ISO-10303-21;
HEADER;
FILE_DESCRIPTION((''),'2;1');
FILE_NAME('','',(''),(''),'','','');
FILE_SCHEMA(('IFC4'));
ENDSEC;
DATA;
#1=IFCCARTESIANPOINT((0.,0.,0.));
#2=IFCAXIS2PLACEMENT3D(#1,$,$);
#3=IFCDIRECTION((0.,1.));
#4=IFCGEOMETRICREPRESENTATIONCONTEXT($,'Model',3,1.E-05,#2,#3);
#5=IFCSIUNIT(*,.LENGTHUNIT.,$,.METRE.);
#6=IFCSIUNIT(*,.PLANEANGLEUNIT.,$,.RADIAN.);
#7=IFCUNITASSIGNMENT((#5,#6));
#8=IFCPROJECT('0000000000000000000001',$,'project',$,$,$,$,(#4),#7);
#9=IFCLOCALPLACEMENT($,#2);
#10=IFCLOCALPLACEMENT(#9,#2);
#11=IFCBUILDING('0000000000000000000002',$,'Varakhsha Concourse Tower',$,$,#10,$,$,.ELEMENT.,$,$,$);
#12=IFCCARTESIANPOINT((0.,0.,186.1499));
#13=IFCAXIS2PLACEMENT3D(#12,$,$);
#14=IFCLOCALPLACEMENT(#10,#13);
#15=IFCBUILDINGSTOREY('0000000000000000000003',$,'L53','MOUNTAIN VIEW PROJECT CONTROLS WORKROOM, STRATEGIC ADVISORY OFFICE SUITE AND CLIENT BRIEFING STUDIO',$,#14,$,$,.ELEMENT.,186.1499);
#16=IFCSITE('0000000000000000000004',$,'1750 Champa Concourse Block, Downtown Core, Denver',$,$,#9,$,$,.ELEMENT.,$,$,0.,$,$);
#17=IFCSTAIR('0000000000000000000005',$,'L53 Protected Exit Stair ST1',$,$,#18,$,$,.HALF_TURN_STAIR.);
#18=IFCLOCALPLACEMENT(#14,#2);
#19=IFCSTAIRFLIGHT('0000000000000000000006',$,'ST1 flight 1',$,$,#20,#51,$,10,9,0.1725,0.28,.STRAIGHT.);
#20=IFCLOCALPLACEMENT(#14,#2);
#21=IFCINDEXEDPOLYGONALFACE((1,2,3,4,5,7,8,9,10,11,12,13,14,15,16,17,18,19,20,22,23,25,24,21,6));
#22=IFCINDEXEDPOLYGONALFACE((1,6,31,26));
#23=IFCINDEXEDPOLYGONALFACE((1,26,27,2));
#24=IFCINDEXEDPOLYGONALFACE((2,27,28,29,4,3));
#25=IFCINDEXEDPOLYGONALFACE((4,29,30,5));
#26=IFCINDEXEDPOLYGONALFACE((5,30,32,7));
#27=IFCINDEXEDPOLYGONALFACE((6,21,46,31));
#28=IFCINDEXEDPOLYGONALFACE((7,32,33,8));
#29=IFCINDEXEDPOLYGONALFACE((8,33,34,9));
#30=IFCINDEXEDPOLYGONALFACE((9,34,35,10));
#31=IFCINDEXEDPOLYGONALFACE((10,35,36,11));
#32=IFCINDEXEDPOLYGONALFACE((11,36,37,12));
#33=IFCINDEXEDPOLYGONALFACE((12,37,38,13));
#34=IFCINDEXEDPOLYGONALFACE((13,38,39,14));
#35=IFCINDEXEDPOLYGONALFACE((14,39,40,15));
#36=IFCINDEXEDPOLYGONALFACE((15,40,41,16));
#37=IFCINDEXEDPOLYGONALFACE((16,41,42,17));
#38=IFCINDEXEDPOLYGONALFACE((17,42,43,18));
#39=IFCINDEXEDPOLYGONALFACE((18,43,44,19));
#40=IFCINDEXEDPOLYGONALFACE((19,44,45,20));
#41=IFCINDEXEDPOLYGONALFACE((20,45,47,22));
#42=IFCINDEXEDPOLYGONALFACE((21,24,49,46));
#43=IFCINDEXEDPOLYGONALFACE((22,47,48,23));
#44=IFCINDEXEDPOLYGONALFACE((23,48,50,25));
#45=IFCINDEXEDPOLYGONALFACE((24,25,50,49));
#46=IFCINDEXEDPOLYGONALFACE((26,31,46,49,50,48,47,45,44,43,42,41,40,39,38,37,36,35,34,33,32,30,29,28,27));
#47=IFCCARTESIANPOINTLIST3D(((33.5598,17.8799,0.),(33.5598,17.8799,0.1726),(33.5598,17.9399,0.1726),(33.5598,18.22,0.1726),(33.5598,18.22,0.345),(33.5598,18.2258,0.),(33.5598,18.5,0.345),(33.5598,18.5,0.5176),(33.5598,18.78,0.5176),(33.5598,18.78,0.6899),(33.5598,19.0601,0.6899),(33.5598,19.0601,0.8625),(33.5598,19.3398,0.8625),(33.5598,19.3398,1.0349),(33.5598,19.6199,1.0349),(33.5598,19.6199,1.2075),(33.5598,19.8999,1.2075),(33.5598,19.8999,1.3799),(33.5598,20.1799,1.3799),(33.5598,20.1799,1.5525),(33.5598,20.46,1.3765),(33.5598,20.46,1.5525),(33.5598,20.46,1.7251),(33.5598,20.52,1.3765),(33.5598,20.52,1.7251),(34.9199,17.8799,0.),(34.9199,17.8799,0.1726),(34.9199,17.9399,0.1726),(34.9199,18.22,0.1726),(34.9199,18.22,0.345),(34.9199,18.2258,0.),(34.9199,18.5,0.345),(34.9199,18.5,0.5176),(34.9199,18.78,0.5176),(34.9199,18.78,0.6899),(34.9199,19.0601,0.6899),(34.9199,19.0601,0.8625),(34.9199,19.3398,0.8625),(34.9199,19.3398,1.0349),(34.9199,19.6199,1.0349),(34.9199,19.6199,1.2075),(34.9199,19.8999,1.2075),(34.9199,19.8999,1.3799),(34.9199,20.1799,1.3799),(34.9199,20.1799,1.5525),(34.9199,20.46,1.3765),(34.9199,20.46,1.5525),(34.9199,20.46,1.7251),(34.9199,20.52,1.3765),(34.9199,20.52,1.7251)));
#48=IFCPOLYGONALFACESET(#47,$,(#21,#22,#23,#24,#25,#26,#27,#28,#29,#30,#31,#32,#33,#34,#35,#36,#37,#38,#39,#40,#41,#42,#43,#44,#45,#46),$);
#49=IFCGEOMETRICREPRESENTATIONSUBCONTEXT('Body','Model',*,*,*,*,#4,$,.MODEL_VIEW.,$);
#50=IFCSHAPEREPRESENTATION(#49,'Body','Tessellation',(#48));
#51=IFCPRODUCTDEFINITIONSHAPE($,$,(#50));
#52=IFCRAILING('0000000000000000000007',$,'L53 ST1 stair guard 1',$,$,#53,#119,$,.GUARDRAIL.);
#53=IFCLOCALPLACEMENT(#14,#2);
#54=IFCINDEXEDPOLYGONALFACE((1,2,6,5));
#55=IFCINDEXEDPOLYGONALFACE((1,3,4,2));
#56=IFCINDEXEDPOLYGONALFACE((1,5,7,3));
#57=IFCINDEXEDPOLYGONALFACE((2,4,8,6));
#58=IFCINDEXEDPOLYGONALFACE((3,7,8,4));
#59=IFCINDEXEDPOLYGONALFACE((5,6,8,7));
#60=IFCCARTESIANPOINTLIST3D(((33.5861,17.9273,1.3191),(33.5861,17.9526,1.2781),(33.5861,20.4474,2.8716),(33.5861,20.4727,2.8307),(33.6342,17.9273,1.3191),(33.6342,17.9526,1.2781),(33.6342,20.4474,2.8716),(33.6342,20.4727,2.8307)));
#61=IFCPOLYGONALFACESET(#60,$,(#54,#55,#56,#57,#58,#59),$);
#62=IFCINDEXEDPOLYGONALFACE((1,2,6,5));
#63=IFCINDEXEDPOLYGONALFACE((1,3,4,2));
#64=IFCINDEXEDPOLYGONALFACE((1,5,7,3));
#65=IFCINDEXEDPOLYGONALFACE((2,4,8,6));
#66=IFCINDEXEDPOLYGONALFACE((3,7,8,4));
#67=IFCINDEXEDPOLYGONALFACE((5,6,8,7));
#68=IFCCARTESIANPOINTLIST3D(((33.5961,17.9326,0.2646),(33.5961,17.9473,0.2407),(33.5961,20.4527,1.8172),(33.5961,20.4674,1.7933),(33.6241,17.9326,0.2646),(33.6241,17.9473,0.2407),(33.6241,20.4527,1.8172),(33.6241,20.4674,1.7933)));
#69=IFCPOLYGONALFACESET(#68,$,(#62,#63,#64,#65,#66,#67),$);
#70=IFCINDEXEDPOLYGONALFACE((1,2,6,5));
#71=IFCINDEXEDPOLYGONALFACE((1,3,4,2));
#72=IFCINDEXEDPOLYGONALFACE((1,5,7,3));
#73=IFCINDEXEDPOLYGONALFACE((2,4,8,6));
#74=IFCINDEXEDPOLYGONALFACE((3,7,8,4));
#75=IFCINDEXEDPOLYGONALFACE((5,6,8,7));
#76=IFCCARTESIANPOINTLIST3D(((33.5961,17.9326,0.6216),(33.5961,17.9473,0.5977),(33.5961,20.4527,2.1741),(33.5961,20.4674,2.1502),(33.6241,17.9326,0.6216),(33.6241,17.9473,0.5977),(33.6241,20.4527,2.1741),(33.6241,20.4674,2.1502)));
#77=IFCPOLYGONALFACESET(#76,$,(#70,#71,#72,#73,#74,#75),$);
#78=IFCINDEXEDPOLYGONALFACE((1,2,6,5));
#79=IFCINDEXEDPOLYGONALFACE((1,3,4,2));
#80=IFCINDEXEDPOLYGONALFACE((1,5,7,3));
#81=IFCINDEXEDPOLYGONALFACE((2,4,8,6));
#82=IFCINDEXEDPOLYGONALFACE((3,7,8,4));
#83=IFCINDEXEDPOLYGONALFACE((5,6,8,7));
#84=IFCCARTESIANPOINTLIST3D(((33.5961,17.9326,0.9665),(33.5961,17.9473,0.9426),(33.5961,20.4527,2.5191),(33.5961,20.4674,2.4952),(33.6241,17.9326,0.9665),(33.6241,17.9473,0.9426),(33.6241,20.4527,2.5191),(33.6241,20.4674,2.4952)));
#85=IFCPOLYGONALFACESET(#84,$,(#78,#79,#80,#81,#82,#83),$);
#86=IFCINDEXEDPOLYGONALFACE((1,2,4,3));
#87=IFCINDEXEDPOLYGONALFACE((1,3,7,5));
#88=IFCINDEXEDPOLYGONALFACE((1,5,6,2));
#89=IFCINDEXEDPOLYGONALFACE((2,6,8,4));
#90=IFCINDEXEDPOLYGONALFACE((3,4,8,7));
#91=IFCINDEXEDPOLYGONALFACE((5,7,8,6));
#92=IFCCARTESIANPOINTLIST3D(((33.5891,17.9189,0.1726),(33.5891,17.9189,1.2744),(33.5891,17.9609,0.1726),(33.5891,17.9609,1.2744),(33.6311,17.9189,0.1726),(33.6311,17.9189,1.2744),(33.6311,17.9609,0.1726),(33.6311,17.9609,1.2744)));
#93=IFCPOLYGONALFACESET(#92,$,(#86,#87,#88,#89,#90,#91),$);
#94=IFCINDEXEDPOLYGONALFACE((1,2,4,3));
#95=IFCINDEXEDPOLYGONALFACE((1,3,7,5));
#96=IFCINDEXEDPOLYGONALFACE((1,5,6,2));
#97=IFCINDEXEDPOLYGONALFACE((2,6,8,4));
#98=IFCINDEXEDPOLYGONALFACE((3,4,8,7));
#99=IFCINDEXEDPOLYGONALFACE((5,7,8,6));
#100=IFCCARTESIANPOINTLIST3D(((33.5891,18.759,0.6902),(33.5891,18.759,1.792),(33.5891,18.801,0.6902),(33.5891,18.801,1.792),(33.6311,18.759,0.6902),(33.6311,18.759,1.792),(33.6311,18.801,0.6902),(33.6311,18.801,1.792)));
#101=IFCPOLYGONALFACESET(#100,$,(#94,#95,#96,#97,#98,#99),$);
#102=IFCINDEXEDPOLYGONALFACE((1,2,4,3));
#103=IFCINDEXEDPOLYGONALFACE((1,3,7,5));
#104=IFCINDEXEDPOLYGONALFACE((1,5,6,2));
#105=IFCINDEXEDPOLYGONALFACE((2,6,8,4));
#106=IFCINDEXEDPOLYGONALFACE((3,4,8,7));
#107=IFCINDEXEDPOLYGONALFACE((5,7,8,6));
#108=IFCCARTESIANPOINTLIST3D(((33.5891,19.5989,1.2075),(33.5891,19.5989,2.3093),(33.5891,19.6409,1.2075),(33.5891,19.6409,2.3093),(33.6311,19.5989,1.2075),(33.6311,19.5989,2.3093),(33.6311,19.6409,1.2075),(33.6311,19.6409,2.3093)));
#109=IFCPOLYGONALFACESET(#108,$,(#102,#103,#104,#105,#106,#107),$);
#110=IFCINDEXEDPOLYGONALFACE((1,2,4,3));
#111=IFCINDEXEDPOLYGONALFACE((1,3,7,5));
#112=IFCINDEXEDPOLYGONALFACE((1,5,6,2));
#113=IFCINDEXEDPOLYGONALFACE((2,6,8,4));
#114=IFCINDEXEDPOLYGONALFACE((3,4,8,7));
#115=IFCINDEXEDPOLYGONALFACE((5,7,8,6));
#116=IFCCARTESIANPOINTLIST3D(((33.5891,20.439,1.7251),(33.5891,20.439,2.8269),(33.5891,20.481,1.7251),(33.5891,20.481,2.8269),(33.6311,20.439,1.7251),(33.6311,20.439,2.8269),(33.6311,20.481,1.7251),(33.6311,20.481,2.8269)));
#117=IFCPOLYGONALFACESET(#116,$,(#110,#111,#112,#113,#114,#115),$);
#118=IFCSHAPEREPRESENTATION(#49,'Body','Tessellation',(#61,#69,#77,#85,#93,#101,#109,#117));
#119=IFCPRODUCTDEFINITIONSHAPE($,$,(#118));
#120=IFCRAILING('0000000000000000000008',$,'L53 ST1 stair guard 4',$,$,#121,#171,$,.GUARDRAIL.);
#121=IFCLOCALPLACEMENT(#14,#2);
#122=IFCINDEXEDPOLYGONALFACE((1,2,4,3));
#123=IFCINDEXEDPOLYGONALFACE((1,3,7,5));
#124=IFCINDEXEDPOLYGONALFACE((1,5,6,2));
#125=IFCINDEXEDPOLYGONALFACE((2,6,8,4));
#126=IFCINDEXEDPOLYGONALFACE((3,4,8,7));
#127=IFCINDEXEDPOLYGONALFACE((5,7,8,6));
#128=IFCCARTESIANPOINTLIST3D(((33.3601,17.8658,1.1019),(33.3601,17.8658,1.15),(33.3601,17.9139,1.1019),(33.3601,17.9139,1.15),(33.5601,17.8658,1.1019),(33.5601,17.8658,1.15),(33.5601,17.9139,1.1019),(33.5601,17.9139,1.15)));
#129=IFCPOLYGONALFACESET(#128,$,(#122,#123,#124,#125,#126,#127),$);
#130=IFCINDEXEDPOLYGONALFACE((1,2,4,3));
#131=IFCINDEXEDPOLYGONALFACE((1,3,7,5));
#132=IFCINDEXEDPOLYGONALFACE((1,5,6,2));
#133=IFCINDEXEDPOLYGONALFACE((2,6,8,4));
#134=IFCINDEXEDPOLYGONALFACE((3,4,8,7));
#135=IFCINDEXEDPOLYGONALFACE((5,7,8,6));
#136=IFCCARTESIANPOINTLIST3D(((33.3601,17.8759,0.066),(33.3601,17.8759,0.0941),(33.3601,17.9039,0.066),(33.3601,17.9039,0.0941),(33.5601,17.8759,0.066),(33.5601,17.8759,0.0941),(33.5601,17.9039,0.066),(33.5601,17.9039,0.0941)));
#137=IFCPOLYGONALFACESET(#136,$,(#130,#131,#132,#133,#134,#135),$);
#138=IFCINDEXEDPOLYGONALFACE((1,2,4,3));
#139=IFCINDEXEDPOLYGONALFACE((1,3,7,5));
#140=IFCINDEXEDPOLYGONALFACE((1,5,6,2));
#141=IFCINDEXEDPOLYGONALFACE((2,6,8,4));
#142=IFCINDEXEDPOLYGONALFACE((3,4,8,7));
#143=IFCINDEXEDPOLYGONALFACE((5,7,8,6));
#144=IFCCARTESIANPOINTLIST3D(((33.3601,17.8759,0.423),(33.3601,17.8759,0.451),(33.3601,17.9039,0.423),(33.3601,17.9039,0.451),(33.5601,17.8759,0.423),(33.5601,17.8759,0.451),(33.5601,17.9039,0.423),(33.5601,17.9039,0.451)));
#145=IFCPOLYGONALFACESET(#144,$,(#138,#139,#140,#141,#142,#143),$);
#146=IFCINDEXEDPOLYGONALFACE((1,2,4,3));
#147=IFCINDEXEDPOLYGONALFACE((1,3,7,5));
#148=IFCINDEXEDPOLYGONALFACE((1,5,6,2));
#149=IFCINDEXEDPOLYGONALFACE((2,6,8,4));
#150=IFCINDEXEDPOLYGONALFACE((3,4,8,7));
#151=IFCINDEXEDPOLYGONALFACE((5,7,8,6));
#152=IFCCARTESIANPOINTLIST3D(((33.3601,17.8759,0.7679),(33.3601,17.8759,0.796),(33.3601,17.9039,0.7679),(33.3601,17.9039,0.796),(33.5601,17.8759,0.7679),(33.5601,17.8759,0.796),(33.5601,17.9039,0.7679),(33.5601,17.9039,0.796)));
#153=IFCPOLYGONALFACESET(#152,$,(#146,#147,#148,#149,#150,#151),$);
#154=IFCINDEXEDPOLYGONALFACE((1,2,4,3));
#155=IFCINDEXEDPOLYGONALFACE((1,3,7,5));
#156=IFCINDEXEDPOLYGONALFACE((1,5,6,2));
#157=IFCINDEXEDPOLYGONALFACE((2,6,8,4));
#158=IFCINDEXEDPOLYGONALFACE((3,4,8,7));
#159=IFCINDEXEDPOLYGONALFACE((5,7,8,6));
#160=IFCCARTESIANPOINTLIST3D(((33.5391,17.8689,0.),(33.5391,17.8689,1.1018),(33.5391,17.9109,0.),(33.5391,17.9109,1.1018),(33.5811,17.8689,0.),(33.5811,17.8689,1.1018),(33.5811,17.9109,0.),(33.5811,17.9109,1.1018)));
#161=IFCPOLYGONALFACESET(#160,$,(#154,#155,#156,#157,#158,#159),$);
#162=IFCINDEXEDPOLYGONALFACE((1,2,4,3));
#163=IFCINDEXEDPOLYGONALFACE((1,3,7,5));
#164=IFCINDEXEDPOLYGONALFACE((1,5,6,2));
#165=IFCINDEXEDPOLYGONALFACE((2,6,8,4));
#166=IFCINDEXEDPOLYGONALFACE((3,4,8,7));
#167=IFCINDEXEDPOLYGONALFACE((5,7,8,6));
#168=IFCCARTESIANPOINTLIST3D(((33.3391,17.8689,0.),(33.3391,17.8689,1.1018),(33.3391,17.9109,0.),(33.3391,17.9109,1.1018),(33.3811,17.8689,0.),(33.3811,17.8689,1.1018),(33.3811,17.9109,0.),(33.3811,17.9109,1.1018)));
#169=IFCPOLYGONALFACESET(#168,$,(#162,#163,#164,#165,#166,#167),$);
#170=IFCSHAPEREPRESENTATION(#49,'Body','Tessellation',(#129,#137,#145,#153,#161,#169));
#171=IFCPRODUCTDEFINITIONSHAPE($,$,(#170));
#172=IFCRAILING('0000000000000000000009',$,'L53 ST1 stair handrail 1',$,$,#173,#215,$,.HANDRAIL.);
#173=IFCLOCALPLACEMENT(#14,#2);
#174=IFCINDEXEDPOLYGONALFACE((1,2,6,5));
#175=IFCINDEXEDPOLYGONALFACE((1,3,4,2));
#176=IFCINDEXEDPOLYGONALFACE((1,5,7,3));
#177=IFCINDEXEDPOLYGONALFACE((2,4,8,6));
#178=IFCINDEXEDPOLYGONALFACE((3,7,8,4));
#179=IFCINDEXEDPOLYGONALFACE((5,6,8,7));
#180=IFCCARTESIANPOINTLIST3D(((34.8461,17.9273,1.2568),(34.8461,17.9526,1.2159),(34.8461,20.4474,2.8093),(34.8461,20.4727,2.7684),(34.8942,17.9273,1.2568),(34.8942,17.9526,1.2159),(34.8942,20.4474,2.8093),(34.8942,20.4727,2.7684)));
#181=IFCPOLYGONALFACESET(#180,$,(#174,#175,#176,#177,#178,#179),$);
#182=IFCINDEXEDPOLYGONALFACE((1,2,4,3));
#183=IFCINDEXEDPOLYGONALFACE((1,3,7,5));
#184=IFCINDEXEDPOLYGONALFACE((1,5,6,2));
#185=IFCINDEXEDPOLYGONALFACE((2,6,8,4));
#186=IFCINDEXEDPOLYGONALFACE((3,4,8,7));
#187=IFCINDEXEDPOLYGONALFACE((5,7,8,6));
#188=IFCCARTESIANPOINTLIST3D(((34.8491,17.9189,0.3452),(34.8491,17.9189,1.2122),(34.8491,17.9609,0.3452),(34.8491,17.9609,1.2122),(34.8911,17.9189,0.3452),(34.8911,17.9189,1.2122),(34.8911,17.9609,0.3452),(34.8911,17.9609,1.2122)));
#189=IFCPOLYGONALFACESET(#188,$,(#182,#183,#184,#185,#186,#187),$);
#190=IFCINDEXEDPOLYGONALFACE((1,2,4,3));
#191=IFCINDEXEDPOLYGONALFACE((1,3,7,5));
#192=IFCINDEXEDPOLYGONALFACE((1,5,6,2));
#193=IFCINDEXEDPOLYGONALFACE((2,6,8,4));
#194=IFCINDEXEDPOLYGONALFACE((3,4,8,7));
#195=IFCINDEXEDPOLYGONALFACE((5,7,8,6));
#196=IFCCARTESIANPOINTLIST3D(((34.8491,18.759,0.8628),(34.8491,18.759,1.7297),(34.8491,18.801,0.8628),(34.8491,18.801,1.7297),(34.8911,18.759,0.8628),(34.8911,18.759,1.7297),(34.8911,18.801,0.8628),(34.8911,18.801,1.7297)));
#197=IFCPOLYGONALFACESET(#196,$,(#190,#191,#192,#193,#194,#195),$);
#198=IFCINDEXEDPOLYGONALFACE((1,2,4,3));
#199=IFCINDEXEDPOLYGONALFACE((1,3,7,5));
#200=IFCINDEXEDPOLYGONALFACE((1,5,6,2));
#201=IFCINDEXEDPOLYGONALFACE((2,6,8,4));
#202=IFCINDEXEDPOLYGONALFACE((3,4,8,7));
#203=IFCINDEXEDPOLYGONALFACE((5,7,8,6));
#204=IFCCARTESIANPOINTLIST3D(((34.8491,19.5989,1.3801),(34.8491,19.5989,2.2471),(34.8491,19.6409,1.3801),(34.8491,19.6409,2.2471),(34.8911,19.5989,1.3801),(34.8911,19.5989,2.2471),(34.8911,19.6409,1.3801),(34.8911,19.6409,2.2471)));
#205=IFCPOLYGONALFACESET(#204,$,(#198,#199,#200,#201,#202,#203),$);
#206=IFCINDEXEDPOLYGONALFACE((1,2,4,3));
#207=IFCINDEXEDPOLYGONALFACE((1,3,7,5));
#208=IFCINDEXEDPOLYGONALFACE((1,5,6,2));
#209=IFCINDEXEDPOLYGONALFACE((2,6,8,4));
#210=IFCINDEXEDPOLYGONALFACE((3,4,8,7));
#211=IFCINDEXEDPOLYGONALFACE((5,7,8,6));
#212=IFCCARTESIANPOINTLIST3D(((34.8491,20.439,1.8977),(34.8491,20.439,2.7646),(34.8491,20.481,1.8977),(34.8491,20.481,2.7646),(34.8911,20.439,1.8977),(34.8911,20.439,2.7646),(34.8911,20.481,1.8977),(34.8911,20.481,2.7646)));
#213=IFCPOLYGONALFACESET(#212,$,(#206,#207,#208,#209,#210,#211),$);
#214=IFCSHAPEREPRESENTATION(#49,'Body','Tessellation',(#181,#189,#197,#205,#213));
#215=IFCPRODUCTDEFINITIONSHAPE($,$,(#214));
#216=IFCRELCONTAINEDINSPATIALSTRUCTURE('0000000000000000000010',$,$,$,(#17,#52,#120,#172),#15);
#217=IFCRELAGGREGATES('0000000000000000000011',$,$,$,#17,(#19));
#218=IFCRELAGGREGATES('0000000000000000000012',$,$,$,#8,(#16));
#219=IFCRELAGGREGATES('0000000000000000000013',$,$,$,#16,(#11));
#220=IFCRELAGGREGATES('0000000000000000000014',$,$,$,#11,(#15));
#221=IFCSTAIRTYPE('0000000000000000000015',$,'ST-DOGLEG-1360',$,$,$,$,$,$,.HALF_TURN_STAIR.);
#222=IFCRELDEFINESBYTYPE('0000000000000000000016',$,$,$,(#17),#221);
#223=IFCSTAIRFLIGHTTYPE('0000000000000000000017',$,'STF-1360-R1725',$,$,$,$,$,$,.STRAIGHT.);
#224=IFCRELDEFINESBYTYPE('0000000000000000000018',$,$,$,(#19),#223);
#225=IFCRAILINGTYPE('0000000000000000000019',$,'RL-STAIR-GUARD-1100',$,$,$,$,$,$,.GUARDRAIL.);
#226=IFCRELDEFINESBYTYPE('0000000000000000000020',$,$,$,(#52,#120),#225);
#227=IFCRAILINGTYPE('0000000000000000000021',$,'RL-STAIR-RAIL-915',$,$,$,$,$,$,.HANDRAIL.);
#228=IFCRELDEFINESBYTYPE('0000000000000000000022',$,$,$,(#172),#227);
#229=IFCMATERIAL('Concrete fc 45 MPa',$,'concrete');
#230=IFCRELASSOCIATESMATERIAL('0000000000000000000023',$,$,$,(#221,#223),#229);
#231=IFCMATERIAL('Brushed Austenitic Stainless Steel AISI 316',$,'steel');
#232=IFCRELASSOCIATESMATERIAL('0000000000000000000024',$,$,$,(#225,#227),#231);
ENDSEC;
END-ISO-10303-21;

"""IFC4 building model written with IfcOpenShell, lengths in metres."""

from ifc_helpers import new_model, si_unit, direction, frame, origin, origin_2d, place, context, subcontext, project, spatial, polyline, rectangle, outline, extrude, material, type_object, element, aggregate, save


model = new_model("IFC4")

# Units and contexts
model_context = context("Model", 3, precision=1e-05, world=origin(), true_north=direction((0.0, 1.0)))
body_context = subcontext(model_context, "Body", "Model", "MODEL_VIEW")
ifc_project = project(units=[si_unit("LENGTHUNIT", "METRE"), si_unit("PLANEANGLEUNIT", "RADIAN")], contexts=[model_context])

# Site, building, storey
site_placement = place(None, origin())
site = spatial("IfcSite", under=ifc_project, at=site_placement, Name="1750 Champa Concourse Block, Downtown Core, Denver", CompositionType="ELEMENT", RefElevation=0.0)
building_placement = place(site_placement, origin())
building = spatial("IfcBuilding", under=site, at=building_placement, Name="Varakhsha Concourse Tower", CompositionType="ELEMENT")
storey_placement = place(building_placement, frame((0.0, 0.0, 186.1499)))
storey = spatial("IfcBuildingStorey", under=building, at=storey_placement, Name="L53", Description="MOUNTAIN VIEW PROJECT CONTROLS WORKROOM, STRATEGIC ADVISORY OFFICE SUITE AND CLIENT BRIEFING STUDIO", CompositionType="ELEMENT", Elevation=186.1499)

# Shared definitions
ifc_material_1 = material(Name="Concrete fc 45 MPa", Category="concrete")

# Stair, stair flight
stair_type = type_object("IfcStairType", Name="ST-DOGLEG-1360", PredefinedType="HALF_TURN_STAIR", material=ifc_material_1)
stair_placement = place(storey_placement, origin())
stair = element("IfcStair", 1, at=stair_placement, inside=storey, type_object=stair_type, Name="L53 Protected Exit Stair ST1", PredefinedType="HALF_TURN_STAIR")
stair_flight_type = type_object("IfcStairFlightType", Name="STF-1360-R1725", PredefinedType="STRAIGHT", material=ifc_material_1)
stair_flight_placement = place(storey_placement, frame((34.24, 17.9399, 0.0), z_axis=(0.0, 0.0, 1.0), x_axis=(0.0, 1.0, 0.0)))
stair_flight = element("IfcStairFlight", 2, at=stair_flight_placement, type_object=stair_flight_type, Name="ST1 flight 1", NumberOfRisers=10, NumberOfTreads=9, PredefinedType="STRAIGHT", RiserHeight=0.1725, TreadLength=0.28, context=body_context, shape_type="SweptSolid", body=[
    extrude(outline(polyline([(-0.0601, 0.0), (-0.0601, 0.1726), (0.0, 0.1726), (0.28, 0.1726), (0.28, 0.345), (0.5601, 0.345), (0.5601, 0.5176), (0.8401, 0.5176), (0.8401, 0.6899), (1.1201, 0.6899), (1.1201, 0.8625), (1.3999, 0.8625), (1.3999, 1.0349), (1.6799, 1.0349), (1.6799, 1.2075), (1.96, 1.2075), (1.96, 1.3799), (2.24, 1.3799), (2.24, 1.5525), (2.52, 1.5525), (2.52, 1.7251), (2.5801, 1.7251), (2.5801, 1.3765), (2.52, 1.3765), (0.2859, 0.0), (-0.0601, 0.0)])), frame((0.0, 0.6802, 0.0), z_axis=(0.0, -1.0, 0.0), x_axis=(1.0, 0.0, 0.0)), (0.0, 0.0, 1.0), 1.3601),
])
aggregate(stair, [stair_flight])

# Railings
ifc_material_2 = material(Name="Brushed Austenitic Stainless Steel AISI 316", Category="steel")
railing_type_1 = type_object("IfcRailingType", Name="RL-STAIR-GUARD-1100", PredefinedType="GUARDRAIL", material=ifc_material_2)
railing_1_placement = place(storey_placement, frame((33.6101, 17.9399, 0.1726)))
element("IfcRailing", 3, at=railing_1_placement, inside=storey, type_object=railing_type_1, Name="L53 ST1 stair guard 1", PredefinedType="GUARDRAIL", context=body_context, shape_type="SweptSolid", body=[
    extrude(rectangle(XDim=0.0481, YDim=0.0481, at=origin_2d()), frame((0.0, 0.0, 1.126), z_axis=(0.0, 0.8514, 0.524516), x_axis=(-1.0, 0.0, 0.0)), (0.0, 0.0, 1.0), 2.96),
    extrude(rectangle(XDim=0.0281, YDim=0.0281, at=origin_2d()), frame((0.0, 0.0, 0.0801), z_axis=(0.0, 0.8514, 0.524516), x_axis=(-1.0, 0.0, 0.0)), (0.0, 0.0, 1.0), 2.96),
    extrude(rectangle(XDim=0.0281, YDim=0.0281, at=origin_2d()), frame((0.0, 0.0, 0.437), z_axis=(0.0, 0.8514, 0.524516), x_axis=(-1.0, 0.0, 0.0)), (0.0, 0.0, 1.0), 2.96),
    extrude(rectangle(XDim=0.0281, YDim=0.0281, at=origin_2d()), frame((0.0, 0.0, 0.782), z_axis=(0.0, 0.8514, 0.524516), x_axis=(-1.0, 0.0, 0.0)), (0.0, 0.0, 1.0), 2.96),
    extrude(rectangle(XDim=0.042, YDim=0.042, at=origin_2d()), origin(), (0.0, 0.0, 1.0), 1.1018),
    extrude(rectangle(XDim=0.042, YDim=0.042, at=origin_2d()), frame((0.0, 0.8401, 0.5176)), (0.0, 0.0, 1.0), 1.1018),
    extrude(rectangle(XDim=0.042, YDim=0.042, at=origin_2d()), frame((0.0, 1.6799, 1.0349)), (0.0, 0.0, 1.0), 1.1018),
    extrude(rectangle(XDim=0.042, YDim=0.042, at=origin_2d()), frame((0.0, 2.52, 1.5525)), (0.0, 0.0, 1.0), 1.1018),
])
railing_2_placement = place(storey_placement, frame((33.5601, 17.8899, 0.0)))
element("IfcRailing", 4, at=railing_2_placement, inside=storey, type_object=railing_type_1, Name="L53 ST1 stair guard 4", PredefinedType="GUARDRAIL", context=body_context, shape_type="SweptSolid", body=[
    extrude(rectangle(XDim=0.0481, YDim=0.0481, at=origin_2d()), frame((0.0, 0.0, 1.126), z_axis=(-1.0, 0.0, 0.0), x_axis=(0.0, -1.0, 0.0)), (0.0, 0.0, 1.0), 0.2),
    extrude(rectangle(XDim=0.0281, YDim=0.0281, at=origin_2d()), frame((0.0, 0.0, 0.0801), z_axis=(-1.0, 0.0, 0.0), x_axis=(0.0, -1.0, 0.0)), (0.0, 0.0, 1.0), 0.2),
    extrude(rectangle(XDim=0.0281, YDim=0.0281, at=origin_2d()), frame((0.0, 0.0, 0.437), z_axis=(-1.0, 0.0, 0.0), x_axis=(0.0, -1.0, 0.0)), (0.0, 0.0, 1.0), 0.2),
    extrude(rectangle(XDim=0.0281, YDim=0.0281, at=origin_2d()), frame((0.0, 0.0, 0.782), z_axis=(-1.0, 0.0, 0.0), x_axis=(0.0, -1.0, 0.0)), (0.0, 0.0, 1.0), 0.2),
    extrude(rectangle(XDim=0.042, YDim=0.042, at=origin_2d()), origin(), (0.0, 0.0, 1.0), 1.1018),
    extrude(rectangle(XDim=0.042, YDim=0.042, at=origin_2d()), frame((-0.2, 0.0, 0.0)), (0.0, 0.0, 1.0), 1.1018),
])
railing_type_2 = type_object("IfcRailingType", Name="RL-STAIR-RAIL-915", PredefinedType="HANDRAIL", material=ifc_material_2)
railing_3_placement = place(storey_placement, frame((34.8701, 17.9399, 0.3452)))
element("IfcRailing", 5, at=railing_3_placement, inside=storey, type_object=railing_type_2, Name="L53 ST1 stair handrail 1", PredefinedType="HANDRAIL", context=body_context, shape_type="SweptSolid", body=[
    extrude(rectangle(XDim=0.0481, YDim=0.0481, at=origin_2d()), frame((0.0, 0.0, 0.8911), z_axis=(0.0, 0.8514, 0.524516), x_axis=(-1.0, 0.0, 0.0)), (0.0, 0.0, 1.0), 2.96),
    extrude(rectangle(XDim=0.042, YDim=0.042, at=origin_2d()), origin(), (0.0, 0.0, 1.0), 0.8669),
    extrude(rectangle(XDim=0.042, YDim=0.042, at=origin_2d()), frame((0.0, 0.8401, 0.5176)), (0.0, 0.0, 1.0), 0.8669),
    extrude(rectangle(XDim=0.042, YDim=0.042, at=origin_2d()), frame((0.0, 1.6799, 1.0349)), (0.0, 0.0, 1.0), 0.8669),
    extrude(rectangle(XDim=0.042, YDim=0.042, at=origin_2d()), frame((0.0, 2.52, 1.5525)), (0.0, 0.0, 1.0), 0.8669),
])

save(model, "model.ifc")
